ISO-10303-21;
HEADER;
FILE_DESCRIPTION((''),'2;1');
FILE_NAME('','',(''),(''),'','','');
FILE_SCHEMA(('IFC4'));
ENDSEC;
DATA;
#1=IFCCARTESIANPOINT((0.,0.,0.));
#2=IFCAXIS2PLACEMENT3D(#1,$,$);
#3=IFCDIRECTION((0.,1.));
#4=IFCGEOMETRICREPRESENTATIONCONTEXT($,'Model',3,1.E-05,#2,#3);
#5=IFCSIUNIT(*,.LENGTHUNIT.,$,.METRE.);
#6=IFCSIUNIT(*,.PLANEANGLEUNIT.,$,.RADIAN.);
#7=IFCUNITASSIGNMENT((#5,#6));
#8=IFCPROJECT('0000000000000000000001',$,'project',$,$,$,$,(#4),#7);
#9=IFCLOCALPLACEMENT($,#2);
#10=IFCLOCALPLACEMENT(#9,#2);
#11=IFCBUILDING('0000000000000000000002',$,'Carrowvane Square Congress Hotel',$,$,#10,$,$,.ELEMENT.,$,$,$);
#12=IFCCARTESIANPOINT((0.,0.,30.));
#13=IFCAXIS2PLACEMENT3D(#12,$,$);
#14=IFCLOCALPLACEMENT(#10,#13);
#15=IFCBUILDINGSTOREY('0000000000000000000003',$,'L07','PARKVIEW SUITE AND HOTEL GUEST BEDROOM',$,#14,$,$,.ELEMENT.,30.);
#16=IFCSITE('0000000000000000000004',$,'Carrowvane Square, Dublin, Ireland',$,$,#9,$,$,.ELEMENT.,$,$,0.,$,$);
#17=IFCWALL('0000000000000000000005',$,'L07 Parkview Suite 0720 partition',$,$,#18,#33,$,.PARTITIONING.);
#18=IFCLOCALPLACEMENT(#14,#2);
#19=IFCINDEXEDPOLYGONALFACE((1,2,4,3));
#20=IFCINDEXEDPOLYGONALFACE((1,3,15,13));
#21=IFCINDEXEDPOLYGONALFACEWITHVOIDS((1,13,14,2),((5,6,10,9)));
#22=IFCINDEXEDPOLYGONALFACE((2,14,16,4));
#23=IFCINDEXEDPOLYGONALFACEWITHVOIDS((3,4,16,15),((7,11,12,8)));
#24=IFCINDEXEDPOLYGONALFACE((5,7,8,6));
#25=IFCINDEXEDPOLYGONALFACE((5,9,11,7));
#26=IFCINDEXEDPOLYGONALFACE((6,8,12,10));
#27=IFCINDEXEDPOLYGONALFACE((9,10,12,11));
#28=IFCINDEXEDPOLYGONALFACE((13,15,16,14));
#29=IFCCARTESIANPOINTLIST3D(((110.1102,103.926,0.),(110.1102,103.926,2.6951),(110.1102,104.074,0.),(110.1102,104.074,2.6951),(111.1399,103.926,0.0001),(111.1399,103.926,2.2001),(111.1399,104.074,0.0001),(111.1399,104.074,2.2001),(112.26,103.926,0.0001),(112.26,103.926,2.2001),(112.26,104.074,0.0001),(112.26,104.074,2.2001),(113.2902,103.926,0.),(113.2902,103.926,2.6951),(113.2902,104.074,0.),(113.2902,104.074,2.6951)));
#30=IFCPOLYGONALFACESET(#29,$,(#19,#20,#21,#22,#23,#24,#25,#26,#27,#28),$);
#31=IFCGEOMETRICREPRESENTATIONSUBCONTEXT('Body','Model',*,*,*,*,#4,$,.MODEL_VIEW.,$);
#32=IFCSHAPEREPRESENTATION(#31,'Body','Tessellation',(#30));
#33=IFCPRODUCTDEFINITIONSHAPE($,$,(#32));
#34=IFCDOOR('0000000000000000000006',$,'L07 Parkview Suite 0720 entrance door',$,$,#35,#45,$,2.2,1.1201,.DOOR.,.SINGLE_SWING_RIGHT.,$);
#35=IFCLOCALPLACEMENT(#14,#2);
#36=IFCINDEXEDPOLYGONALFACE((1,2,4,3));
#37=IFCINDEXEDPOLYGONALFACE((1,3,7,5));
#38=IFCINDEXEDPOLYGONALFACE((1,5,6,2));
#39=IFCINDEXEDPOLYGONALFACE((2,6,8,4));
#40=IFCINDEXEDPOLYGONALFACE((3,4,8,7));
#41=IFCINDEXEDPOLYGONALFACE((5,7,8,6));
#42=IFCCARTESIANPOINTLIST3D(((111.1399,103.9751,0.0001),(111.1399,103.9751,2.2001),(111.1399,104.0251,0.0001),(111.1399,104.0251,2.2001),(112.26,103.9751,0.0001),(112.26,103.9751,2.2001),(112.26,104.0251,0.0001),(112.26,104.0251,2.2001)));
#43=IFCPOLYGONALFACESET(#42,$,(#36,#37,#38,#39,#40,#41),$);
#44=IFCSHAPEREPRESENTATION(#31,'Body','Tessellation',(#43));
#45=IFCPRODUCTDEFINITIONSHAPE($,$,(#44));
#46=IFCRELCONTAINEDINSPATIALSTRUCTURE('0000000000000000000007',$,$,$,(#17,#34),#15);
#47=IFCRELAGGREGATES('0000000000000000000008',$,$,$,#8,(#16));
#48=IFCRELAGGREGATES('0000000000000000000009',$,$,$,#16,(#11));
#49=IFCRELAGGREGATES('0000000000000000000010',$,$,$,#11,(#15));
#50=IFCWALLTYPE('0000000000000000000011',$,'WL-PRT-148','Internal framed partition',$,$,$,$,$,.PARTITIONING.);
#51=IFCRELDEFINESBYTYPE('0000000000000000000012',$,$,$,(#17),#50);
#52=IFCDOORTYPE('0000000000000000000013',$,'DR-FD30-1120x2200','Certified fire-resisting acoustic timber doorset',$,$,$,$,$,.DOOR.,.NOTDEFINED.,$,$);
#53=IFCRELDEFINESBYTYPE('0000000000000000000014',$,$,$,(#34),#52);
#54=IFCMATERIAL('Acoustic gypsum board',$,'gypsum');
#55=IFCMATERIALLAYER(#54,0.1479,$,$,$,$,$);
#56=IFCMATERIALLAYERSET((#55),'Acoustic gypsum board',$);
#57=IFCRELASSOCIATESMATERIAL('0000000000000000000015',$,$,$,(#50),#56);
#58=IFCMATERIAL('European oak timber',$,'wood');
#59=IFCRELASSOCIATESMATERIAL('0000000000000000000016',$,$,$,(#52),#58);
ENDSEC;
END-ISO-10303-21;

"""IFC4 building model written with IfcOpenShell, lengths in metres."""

from ifc_helpers import new_model, si_unit, direction, frame, frame_2d, origin, place, context, subcontext, project, spatial, rectangle, extrude, material, layer, layer_set, type_object, element, fill, save


model = new_model("IFC4")

# Units and contexts
model_context = context("Model", 3, precision=1e-05, world=origin(), true_north=direction((0.0, 1.0)))
body_context = subcontext(model_context, "Body", "Model", "MODEL_VIEW")
ifc_project = project(units=[si_unit("LENGTHUNIT", "METRE"), si_unit("PLANEANGLEUNIT", "RADIAN")], contexts=[model_context])

# Site, building, storey
site_placement = place(None, origin())
site = spatial("IfcSite", under=ifc_project, at=site_placement, Name="Carrowvane Square, Dublin, Ireland", CompositionType="ELEMENT", RefElevation=0.0)
building_placement = place(site_placement, origin())
building = spatial("IfcBuilding", under=site, at=building_placement, Name="Carrowvane Square Congress Hotel", CompositionType="ELEMENT")
storey_placement = place(building_placement, frame((0.0, 0.0, 30.0)))
storey = spatial("IfcBuildingStorey", under=building, at=storey_placement, Name="L07", Description="PARKVIEW SUITE AND HOTEL GUEST BEDROOM", CompositionType="ELEMENT", Elevation=30.0)

# Wall, opening, door
ifc_material_1 = material(Name="Acoustic gypsum board", Category="gypsum")
ifc_layer_1 = layer(ifc_material_1, 0.1479)
ifc_layer_set_1 = layer_set([ifc_layer_1], Name="Acoustic gypsum board")
wall_type_1 = type_object("IfcWallType", Name="WL-PRT-148", Description="Internal framed partition", PredefinedType="PARTITIONING", material=ifc_layer_set_1)
wall_1_placement = place(storey_placement, frame((113.29, 104.0, 0.0), z_axis=(0.0, 0.0, 1.0), x_axis=(-1.0, 0.0, 0.0)))
wall_1 = element("IfcWall", 1, at=wall_1_placement, inside=storey, type_object=wall_type_1, Name="L07 Parkview Suite 0720 partition", PredefinedType="PARTITIONING", context=body_context, shape_type="SweptSolid", body=[
    extrude(rectangle(XDim=3.1799, YDim=0.1479, at=frame_2d((1.5898, 0.0))), origin(), (0.0, 0.0, 1.0), 2.6951),
])
opening_1_placement = place(wall_1_placement, frame((1.03, 0.0, 0.0)))
opening_1 = element("IfcOpeningElement", 2, at=opening_1_placement, cuts=wall_1, PredefinedType="OPENING", context=body_context, shape_type="SweptSolid", body=[
    extrude(rectangle(XDim=1.1201, YDim=2.2, at=frame_2d((0.5601, 1.1001))), frame((0.0, 0.084, 0.0), z_axis=(0.0, -1.0, 0.0), x_axis=(1.0, 0.0, 0.0)), (0.0, 0.0, 1.0), 0.168),
])
ifc_material_2 = material(Name="European oak timber", Category="wood")
door_type_1 = type_object("IfcDoorType", Name="DR-FD30-1120x2200", Description="Certified fire-resisting acoustic timber doorset", OperationType="NOTDEFINED", PredefinedType="DOOR", material=ifc_material_2)
door_1_placement = place(opening_1_placement, origin())
door_1 = element("IfcDoor", 3, at=door_1_placement, inside=storey, type_object=door_type_1, Name="L07 Parkview Suite 0720 entrance door", OperationType="SINGLE_SWING_RIGHT", OverallHeight=2.2, OverallWidth=1.1201, PredefinedType="DOOR", context=body_context, shape_type="SweptSolid", body=[
    extrude(rectangle(XDim=1.1201, YDim=2.2, at=frame_2d((0.5601, 1.1001))), frame((0.0, 0.0249, 0.0), z_axis=(0.0, -1.0, 0.0), x_axis=(1.0, 0.0, 0.0)), (0.0, 0.0, 1.0), 0.05),
])
fill(opening_1, door_1)

save(model, "model.ifc")
